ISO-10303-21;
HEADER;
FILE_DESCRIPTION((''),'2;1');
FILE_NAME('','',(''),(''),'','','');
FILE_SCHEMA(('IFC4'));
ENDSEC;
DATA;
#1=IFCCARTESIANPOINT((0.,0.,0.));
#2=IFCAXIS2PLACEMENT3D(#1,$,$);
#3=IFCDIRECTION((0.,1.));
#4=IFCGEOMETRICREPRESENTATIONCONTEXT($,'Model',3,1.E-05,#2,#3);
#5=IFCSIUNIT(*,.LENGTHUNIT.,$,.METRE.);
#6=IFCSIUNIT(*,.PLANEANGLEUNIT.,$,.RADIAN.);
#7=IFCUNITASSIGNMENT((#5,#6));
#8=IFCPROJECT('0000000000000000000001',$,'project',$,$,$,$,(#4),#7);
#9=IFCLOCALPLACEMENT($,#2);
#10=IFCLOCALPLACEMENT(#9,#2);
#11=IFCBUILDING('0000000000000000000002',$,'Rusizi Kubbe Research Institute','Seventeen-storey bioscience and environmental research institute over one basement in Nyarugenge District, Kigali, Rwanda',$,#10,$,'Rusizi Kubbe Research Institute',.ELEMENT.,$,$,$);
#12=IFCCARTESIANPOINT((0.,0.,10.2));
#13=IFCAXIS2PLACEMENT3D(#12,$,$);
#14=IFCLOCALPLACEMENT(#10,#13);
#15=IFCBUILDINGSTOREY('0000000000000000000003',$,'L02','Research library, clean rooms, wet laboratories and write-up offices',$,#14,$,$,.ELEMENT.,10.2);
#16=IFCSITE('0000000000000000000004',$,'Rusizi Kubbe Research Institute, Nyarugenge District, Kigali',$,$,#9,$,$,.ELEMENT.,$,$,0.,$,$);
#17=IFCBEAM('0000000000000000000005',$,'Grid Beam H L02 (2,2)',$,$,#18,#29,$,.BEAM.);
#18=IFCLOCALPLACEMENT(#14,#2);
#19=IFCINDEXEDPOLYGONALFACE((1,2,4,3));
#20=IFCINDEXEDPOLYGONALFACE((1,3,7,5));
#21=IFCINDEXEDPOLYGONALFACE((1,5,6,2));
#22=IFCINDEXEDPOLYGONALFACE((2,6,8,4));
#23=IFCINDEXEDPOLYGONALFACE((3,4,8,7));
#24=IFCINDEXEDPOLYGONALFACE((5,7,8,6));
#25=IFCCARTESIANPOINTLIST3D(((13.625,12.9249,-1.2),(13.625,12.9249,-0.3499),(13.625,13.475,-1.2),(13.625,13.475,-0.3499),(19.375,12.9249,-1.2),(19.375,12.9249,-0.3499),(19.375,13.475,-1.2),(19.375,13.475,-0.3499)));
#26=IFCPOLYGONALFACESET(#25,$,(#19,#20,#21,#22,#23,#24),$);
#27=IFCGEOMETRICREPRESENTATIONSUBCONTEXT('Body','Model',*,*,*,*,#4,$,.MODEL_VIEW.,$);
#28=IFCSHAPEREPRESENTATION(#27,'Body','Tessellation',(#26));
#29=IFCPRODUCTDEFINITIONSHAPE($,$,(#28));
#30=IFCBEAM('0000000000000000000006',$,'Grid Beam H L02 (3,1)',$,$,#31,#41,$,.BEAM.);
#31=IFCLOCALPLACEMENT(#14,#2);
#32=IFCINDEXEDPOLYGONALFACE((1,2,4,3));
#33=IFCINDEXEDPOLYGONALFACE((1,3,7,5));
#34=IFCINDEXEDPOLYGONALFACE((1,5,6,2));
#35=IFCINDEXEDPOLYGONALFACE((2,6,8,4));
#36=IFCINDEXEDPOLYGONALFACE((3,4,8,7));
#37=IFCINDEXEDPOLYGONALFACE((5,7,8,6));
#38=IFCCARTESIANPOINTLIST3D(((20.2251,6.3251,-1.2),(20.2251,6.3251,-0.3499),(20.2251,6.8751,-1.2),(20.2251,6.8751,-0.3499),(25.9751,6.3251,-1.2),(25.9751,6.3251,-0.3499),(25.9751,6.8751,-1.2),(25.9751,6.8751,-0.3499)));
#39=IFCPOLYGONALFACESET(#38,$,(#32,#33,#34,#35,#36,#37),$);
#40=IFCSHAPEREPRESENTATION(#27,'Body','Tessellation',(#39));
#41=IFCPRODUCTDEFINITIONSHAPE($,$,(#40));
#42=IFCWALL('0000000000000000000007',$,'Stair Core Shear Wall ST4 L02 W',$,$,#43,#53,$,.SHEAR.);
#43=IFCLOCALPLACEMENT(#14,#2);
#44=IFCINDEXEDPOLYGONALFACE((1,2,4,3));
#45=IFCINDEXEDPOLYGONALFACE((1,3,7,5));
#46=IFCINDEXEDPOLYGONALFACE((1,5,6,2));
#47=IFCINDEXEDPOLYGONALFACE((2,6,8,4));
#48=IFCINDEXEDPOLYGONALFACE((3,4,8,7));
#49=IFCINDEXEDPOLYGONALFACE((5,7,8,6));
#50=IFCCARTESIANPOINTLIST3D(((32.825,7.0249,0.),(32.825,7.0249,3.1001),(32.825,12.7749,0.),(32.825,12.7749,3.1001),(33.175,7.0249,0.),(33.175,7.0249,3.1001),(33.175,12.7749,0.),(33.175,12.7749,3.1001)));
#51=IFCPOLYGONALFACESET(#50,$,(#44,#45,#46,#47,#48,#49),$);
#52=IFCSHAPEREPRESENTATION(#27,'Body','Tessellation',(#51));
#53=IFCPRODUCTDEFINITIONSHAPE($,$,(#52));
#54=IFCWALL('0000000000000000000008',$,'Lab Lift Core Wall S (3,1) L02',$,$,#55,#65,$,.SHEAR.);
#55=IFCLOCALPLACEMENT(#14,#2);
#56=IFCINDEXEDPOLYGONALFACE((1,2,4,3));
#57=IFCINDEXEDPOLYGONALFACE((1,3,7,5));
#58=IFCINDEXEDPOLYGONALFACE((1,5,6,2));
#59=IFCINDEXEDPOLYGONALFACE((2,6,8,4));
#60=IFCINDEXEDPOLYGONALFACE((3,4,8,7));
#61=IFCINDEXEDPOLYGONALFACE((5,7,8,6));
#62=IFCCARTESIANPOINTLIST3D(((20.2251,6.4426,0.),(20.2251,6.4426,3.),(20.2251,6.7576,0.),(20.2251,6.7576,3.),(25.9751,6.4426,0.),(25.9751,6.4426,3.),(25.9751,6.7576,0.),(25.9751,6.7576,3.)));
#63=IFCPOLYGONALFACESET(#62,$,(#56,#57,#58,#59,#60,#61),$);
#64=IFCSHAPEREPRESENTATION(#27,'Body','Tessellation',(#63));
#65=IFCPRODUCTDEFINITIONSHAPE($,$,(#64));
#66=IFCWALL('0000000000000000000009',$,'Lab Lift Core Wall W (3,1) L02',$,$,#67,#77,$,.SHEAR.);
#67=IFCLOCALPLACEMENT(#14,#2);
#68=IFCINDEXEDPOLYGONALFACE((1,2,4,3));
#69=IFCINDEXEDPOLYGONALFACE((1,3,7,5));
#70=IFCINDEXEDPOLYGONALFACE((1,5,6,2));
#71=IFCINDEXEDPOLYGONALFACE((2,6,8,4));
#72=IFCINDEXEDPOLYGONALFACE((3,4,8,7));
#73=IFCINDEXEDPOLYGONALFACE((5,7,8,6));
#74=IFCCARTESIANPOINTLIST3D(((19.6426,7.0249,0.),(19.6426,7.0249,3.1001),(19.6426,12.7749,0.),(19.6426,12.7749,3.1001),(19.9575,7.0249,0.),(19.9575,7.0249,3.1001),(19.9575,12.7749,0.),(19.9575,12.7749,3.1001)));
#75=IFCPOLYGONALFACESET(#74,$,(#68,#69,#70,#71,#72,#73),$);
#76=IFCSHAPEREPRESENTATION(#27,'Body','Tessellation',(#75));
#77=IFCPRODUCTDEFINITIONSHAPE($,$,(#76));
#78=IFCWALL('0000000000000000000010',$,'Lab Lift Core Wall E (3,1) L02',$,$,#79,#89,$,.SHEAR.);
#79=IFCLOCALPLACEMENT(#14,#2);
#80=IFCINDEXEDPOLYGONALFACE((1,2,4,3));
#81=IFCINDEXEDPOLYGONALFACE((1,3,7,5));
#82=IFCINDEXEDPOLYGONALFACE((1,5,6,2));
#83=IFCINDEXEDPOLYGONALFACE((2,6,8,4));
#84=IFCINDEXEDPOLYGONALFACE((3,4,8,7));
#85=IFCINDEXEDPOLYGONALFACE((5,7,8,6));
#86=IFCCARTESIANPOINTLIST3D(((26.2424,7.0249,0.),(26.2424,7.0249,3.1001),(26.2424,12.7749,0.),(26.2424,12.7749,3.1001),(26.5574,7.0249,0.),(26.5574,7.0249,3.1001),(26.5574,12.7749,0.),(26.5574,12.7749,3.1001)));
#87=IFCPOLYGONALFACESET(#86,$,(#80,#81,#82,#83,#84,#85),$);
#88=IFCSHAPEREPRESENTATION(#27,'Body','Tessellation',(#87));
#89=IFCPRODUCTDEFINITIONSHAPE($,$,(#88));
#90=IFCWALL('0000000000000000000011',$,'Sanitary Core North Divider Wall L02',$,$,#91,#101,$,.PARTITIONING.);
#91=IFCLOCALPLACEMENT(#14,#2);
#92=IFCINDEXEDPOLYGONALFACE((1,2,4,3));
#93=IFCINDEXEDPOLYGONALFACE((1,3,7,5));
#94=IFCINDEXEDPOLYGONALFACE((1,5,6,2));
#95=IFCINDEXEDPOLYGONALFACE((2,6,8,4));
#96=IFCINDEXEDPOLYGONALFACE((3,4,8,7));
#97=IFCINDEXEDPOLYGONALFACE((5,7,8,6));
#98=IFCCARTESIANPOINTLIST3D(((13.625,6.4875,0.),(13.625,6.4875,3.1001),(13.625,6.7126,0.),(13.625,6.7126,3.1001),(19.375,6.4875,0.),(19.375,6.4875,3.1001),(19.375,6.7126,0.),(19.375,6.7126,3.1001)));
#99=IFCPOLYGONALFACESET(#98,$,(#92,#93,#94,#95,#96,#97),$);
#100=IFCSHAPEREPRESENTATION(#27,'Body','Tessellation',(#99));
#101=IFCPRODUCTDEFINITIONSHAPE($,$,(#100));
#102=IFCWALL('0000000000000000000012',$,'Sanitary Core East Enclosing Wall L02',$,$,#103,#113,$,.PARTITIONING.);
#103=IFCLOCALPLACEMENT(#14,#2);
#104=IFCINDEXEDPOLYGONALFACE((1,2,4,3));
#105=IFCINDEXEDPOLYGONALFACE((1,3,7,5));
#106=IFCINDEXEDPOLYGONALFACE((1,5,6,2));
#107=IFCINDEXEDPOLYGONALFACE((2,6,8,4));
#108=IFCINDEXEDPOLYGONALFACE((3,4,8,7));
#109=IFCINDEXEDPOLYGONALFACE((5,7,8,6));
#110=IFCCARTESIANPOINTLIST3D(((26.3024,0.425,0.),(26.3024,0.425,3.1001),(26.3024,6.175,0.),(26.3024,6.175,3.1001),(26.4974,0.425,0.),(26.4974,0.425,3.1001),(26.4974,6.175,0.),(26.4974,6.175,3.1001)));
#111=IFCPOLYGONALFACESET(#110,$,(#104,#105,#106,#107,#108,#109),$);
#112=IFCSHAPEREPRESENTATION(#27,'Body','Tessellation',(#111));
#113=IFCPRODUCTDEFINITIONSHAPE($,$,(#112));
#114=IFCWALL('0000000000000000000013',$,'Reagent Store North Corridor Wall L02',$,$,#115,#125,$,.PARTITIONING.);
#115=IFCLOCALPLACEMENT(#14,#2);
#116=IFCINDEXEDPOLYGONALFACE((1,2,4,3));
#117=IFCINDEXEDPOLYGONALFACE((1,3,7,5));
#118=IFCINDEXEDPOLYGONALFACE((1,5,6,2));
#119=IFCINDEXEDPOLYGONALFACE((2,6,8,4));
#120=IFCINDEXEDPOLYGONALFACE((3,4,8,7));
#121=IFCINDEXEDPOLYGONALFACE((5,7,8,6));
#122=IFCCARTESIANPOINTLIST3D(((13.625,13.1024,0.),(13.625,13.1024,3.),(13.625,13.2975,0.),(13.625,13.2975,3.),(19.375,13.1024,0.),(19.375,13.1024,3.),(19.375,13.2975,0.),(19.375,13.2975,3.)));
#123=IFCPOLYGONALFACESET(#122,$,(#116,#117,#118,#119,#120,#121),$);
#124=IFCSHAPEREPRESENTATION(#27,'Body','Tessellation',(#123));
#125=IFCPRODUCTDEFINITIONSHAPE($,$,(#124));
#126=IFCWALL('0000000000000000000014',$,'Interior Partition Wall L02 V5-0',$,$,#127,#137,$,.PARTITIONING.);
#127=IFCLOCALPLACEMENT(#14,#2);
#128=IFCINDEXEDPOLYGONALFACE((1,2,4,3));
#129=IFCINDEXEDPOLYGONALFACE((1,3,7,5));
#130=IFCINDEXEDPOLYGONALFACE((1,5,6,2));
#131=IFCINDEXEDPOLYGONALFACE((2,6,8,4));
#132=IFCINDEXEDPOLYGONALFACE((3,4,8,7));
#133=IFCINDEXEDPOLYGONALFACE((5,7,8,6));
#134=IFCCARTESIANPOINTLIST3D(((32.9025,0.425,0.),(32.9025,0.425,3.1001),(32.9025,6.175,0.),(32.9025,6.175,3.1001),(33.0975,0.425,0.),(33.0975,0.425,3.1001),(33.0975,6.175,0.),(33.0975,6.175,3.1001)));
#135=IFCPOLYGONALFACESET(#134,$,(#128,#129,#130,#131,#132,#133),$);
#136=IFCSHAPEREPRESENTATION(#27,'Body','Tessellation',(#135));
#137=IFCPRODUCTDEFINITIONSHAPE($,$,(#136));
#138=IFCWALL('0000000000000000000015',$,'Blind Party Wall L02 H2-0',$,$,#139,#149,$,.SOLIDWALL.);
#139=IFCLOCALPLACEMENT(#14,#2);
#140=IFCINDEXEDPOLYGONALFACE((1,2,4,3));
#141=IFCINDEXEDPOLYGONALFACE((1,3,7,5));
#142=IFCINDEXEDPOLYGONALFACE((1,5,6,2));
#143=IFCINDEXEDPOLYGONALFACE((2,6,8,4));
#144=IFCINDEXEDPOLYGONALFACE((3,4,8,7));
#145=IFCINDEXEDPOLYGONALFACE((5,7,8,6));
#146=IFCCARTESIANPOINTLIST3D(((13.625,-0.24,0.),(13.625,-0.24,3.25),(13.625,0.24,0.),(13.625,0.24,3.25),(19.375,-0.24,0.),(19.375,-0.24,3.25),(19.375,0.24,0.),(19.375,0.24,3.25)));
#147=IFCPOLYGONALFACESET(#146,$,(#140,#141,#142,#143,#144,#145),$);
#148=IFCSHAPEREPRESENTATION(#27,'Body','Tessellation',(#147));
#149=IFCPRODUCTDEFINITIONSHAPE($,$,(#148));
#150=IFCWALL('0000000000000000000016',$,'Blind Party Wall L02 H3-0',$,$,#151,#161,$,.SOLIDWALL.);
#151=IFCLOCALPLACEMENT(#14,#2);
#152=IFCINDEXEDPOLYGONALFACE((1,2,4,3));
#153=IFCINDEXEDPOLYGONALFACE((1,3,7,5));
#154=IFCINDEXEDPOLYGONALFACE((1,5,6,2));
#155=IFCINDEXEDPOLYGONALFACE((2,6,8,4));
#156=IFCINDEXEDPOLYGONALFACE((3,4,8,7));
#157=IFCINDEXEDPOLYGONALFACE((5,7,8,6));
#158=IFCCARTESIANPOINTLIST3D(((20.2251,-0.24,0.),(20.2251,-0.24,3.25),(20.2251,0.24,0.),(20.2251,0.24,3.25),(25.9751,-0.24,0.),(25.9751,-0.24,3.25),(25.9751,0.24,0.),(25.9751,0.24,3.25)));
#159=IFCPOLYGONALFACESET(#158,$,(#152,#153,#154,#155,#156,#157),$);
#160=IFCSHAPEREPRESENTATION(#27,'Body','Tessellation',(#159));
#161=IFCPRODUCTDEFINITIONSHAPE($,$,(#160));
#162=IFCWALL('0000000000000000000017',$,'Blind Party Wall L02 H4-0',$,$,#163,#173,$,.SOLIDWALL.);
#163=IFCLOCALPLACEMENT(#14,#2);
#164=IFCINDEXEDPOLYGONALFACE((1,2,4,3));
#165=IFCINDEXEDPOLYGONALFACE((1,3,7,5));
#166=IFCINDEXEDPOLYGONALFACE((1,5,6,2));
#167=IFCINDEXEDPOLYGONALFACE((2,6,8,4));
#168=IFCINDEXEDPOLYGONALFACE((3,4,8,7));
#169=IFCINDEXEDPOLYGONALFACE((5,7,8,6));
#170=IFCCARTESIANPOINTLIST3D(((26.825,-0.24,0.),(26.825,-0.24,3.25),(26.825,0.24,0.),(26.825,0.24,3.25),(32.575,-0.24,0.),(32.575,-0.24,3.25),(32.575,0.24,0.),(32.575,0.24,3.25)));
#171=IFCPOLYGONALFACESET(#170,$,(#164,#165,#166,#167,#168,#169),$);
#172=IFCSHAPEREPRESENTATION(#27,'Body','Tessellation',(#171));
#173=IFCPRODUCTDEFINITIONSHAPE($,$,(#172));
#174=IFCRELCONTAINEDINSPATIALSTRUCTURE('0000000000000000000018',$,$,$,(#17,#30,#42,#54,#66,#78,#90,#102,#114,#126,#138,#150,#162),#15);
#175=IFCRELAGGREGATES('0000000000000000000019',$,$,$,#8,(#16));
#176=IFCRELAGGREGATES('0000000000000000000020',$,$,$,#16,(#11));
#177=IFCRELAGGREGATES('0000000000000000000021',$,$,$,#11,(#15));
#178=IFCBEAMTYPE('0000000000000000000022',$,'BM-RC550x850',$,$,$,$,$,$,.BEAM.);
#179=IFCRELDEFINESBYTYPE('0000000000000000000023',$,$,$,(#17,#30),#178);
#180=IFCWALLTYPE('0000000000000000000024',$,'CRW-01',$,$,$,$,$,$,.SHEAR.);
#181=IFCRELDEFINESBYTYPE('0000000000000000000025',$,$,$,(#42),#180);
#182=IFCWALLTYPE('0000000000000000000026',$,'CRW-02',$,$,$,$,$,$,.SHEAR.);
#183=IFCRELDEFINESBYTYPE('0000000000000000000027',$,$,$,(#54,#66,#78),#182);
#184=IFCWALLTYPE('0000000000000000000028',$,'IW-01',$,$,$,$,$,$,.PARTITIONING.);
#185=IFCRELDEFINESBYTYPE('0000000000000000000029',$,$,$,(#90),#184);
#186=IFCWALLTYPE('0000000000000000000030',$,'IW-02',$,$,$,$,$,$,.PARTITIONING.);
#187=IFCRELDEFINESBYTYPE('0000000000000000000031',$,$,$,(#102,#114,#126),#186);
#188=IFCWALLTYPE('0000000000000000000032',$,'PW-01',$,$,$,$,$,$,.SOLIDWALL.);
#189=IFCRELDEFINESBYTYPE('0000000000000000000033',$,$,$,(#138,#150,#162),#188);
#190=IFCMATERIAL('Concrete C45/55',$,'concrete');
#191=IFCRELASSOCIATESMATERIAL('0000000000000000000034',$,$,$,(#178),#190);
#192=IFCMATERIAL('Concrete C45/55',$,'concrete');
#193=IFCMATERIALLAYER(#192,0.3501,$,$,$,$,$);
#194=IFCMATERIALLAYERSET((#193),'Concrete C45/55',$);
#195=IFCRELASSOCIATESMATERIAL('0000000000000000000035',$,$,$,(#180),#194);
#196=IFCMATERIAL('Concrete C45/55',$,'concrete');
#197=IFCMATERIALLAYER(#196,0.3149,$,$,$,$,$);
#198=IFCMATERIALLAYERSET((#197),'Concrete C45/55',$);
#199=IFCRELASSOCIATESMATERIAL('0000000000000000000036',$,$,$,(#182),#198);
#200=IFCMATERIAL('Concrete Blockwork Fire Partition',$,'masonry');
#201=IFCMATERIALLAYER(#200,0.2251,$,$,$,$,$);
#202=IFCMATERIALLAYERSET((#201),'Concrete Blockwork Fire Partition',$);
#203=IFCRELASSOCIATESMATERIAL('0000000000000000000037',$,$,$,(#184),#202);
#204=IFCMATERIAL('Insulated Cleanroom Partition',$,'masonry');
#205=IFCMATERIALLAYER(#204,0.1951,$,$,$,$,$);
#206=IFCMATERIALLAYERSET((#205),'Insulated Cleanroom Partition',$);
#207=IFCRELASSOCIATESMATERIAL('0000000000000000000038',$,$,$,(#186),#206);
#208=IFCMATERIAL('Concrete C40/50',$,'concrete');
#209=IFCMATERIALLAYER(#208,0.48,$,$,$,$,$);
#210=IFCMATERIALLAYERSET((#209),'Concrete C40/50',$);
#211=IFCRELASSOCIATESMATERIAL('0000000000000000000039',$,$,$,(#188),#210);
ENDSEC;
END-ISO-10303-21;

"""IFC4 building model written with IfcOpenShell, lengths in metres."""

from ifc_helpers import new_model, si_unit, direction, frame, frame_2d, origin, origin_2d, place, context, subcontext, project, spatial, rectangle, extrude, material, layer, layer_set, material_profile, profile_set, type_object, element, save


model = new_model("IFC4")

# Units and contexts
model_context = context("Model", 3, precision=1e-05, world=origin(), true_north=direction((0.0, 1.0)))
body_context = subcontext(model_context, "Body", "Model", "MODEL_VIEW")
ifc_project = project(units=[si_unit("LENGTHUNIT", "METRE"), si_unit("PLANEANGLEUNIT", "RADIAN")], contexts=[model_context])

# Site, building, storey
site_placement = place(None, origin())
site = spatial("IfcSite", under=ifc_project, at=site_placement, Name="Rusizi Kubbe Research Institute, Nyarugenge District, Kigali", CompositionType="ELEMENT", RefElevation=0.0)
building_placement = place(site_placement, origin())
building = spatial("IfcBuilding", under=site, at=building_placement, Name="Rusizi Kubbe Research Institute", Description="Seventeen-storey bioscience and environmental research institute over one basement in Nyarugenge District, Kigali, Rwanda", LongName="Rusizi Kubbe Research Institute", CompositionType="ELEMENT")
storey_placement = place(building_placement, frame((0.0, 0.0, 10.2)))
storey = spatial("IfcBuildingStorey", under=building, at=storey_placement, Name="L02", Description="Research library, clean rooms, wet laboratories and write-up offices", CompositionType="ELEMENT", Elevation=10.2)

# Beams
ifc_material_1 = material(Name="Concrete C45/55", Category="concrete")
ifc_material_profile_1 = material_profile(ifc_material_1, rectangle(XDim=0.55, YDim=0.8501, at=origin_2d()), Name="RC550x850")
ifc_profile_set_1 = profile_set([ifc_material_profile_1], Name="Concrete C45/55")
beam_type_1 = type_object("IfcBeamType", Name="BM-RC550x850", PredefinedType="BEAM", material=ifc_profile_set_1)
for number, where, z_axis, x_axis, name in (
    (1, (13.625, 13.2, -0.7749), (1.0, 0.0, 0.0), (0.0, 1.0, 0.0), "Grid Beam H L02 (2,2)"),
    (2, (20.2251, 6.6001, -0.7749), (1.0, 0.0, 0.0), (0.0, 1.0, 0.0), "Grid Beam H L02 (3,1)"),
):
    element("IfcBeam", number, at=place(storey_placement, frame(where, z_axis=z_axis, x_axis=x_axis)), inside=storey, type_object=beam_type_1, Name=name, PredefinedType="BEAM", context=body_context, shape_type="SweptSolid", body=[
        extrude(rectangle(XDim=0.55, YDim=0.8501, at=origin_2d()), origin(), (0.0, 0.0, 1.0), 5.75),
    ])

# Walls
ifc_material_2 = material(Name="Concrete C45/55", Category="concrete")
ifc_layer_1 = layer(ifc_material_2, 0.3501)
ifc_layer_set_1 = layer_set([ifc_layer_1], Name="Concrete C45/55")
wall_type_1 = type_object("IfcWallType", Name="CRW-01", PredefinedType="SHEAR", material=ifc_layer_set_1)
wall_1_placement = place(storey_placement, frame((33.0, 7.0249, 0.0), z_axis=(0.0, 0.0, 1.0), x_axis=(0.0, 1.0, 0.0)))
element("IfcWall", 3, at=wall_1_placement, inside=storey, type_object=wall_type_1, Name="Stair Core Shear Wall ST4 L02 W", PredefinedType="SHEAR", context=body_context, shape_type="SweptSolid", body=[
    extrude(rectangle(XDim=5.75, YDim=0.3501, at=frame_2d((2.875, 0.0))), origin(), (0.0, 0.0, 1.0), 3.1001),
])
ifc_material_3 = material(Name="Concrete C45/55", Category="concrete")
ifc_layer_2 = layer(ifc_material_3, 0.3149)
ifc_layer_set_2 = layer_set([ifc_layer_2], Name="Concrete C45/55")
wall_type_2 = type_object("IfcWallType", Name="CRW-02", PredefinedType="SHEAR", material=ifc_layer_set_2)
wall_2_placement = place(storey_placement, frame((20.2251, 6.6001, 0.0), z_axis=(0.0, 0.0, 1.0), x_axis=(1.0, 0.0, 0.0)))
element("IfcWall", 4, at=wall_2_placement, inside=storey, type_object=wall_type_2, Name="Lab Lift Core Wall S (3,1) L02", PredefinedType="SHEAR", context=body_context, shape_type="SweptSolid", body=[
    extrude(rectangle(XDim=5.75, YDim=0.3149, at=frame_2d((2.875, 0.0))), origin(), (0.0, 0.0, 1.0), 3.0),
])
for number, where, z_axis, x_axis, name in (
    (5, (19.8, 7.0249, 0.0), (0.0, 0.0, 1.0), (0.0, 1.0, 0.0), "Lab Lift Core Wall W (3,1) L02"),
    (6, (26.3999, 7.0249, 0.0), (0.0, 0.0, 1.0), (0.0, 1.0, 0.0), "Lab Lift Core Wall E (3,1) L02"),
):
    element("IfcWall", number, at=place(storey_placement, frame(where, z_axis=z_axis, x_axis=x_axis)), inside=storey, type_object=wall_type_2, Name=name, PredefinedType="SHEAR", context=body_context, shape_type="SweptSolid", body=[
        extrude(rectangle(XDim=5.75, YDim=0.3149, at=frame_2d((2.875, 0.0))), origin(), (0.0, 0.0, 1.0), 3.1001),
    ])

# Walls
ifc_material_4 = material(Name="Concrete Blockwork Fire Partition", Category="masonry")
ifc_layer_3 = layer(ifc_material_4, 0.2251)
ifc_layer_set_3 = layer_set([ifc_layer_3], Name="Concrete Blockwork Fire Partition")
wall_type_3 = type_object("IfcWallType", Name="IW-01", PredefinedType="PARTITIONING", material=ifc_layer_set_3)
wall_3_placement = place(storey_placement, frame((13.625, 6.6001, 0.0), z_axis=(0.0, 0.0, 1.0), x_axis=(1.0, 0.0, 0.0)))
element("IfcWall", 7, at=wall_3_placement, inside=storey, type_object=wall_type_3, Name="Sanitary Core North Divider Wall L02", PredefinedType="PARTITIONING", context=body_context, shape_type="SweptSolid", body=[
    extrude(rectangle(XDim=5.75, YDim=0.2251, at=frame_2d((2.875, 0.0))), origin(), (0.0, 0.0, 1.0), 3.1001),
])
ifc_material_5 = material(Name="Insulated Cleanroom Partition", Category="masonry")
ifc_layer_4 = layer(ifc_material_5, 0.1951)
ifc_layer_set_4 = layer_set([ifc_layer_4], Name="Insulated Cleanroom Partition")
wall_type_4 = type_object("IfcWallType", Name="IW-02", PredefinedType="PARTITIONING", material=ifc_layer_set_4)
wall_4_placement = place(storey_placement, frame((26.3999, 0.425, 0.0), z_axis=(0.0, 0.0, 1.0), x_axis=(0.0, 1.0, 0.0)))
element("IfcWall", 8, at=wall_4_placement, inside=storey, type_object=wall_type_4, Name="Sanitary Core East Enclosing Wall L02", PredefinedType="PARTITIONING", context=body_context, shape_type="SweptSolid", body=[
    extrude(rectangle(XDim=5.75, YDim=0.1951, at=frame_2d((2.875, 0.0))), origin(), (0.0, 0.0, 1.0), 3.1001),
])
wall_5_placement = place(storey_placement, frame((13.625, 13.2, 0.0), z_axis=(0.0, 0.0, 1.0), x_axis=(1.0, 0.0, 0.0)))
element("IfcWall", 9, at=wall_5_placement, inside=storey, type_object=wall_type_4, Name="Reagent Store North Corridor Wall L02", PredefinedType="PARTITIONING", context=body_context, shape_type="SweptSolid", body=[
    extrude(rectangle(XDim=5.75, YDim=0.1951, at=frame_2d((2.875, 0.0))), origin(), (0.0, 0.0, 1.0), 3.0),
])
wall_6_placement = place(storey_placement, frame((33.0, 0.425, 0.0), z_axis=(0.0, 0.0, 1.0), x_axis=(0.0, 1.0, 0.0)))
element("IfcWall", 10, at=wall_6_placement, inside=storey, type_object=wall_type_4, Name="Interior Partition Wall L02 V5-0", PredefinedType="PARTITIONING", context=body_context, shape_type="SweptSolid", body=[
    extrude(rectangle(XDim=5.75, YDim=0.1951, at=frame_2d((2.875, 0.0))), origin(), (0.0, 0.0, 1.0), 3.1001),
])
ifc_material_6 = material(Name="Concrete C40/50", Category="concrete")
ifc_layer_5 = layer(ifc_material_6, 0.48)
ifc_layer_set_5 = layer_set([ifc_layer_5], Name="Concrete C40/50")
wall_type_5 = type_object("IfcWallType", Name="PW-01", PredefinedType="SOLIDWALL", material=ifc_layer_set_5)
for number, where, z_axis, x_axis, name in (
    (11, (13.625, 0.0, 0.0), (0.0, 0.0, 1.0), (1.0, 0.0, 0.0), "Blind Party Wall L02 H2-0"),
    (12, (20.2251, 0.0, 0.0), (0.0, 0.0, 1.0), (1.0, 0.0, 0.0), "Blind Party Wall L02 H3-0"),
    (13, (26.825, 0.0, 0.0), (0.0, 0.0, 1.0), (1.0, 0.0, 0.0), "Blind Party Wall L02 H4-0"),
):
    element("IfcWall", number, at=place(storey_placement, frame(where, z_axis=z_axis, x_axis=x_axis)), inside=storey, type_object=wall_type_5, Name=name, PredefinedType="SOLIDWALL", context=body_context, shape_type="SweptSolid", body=[
        extrude(rectangle(XDim=5.75, YDim=0.48, at=frame_2d((2.875, 0.0))), origin(), (0.0, 0.0, 1.0), 3.25),
    ])

save(model, "model.ifc")
